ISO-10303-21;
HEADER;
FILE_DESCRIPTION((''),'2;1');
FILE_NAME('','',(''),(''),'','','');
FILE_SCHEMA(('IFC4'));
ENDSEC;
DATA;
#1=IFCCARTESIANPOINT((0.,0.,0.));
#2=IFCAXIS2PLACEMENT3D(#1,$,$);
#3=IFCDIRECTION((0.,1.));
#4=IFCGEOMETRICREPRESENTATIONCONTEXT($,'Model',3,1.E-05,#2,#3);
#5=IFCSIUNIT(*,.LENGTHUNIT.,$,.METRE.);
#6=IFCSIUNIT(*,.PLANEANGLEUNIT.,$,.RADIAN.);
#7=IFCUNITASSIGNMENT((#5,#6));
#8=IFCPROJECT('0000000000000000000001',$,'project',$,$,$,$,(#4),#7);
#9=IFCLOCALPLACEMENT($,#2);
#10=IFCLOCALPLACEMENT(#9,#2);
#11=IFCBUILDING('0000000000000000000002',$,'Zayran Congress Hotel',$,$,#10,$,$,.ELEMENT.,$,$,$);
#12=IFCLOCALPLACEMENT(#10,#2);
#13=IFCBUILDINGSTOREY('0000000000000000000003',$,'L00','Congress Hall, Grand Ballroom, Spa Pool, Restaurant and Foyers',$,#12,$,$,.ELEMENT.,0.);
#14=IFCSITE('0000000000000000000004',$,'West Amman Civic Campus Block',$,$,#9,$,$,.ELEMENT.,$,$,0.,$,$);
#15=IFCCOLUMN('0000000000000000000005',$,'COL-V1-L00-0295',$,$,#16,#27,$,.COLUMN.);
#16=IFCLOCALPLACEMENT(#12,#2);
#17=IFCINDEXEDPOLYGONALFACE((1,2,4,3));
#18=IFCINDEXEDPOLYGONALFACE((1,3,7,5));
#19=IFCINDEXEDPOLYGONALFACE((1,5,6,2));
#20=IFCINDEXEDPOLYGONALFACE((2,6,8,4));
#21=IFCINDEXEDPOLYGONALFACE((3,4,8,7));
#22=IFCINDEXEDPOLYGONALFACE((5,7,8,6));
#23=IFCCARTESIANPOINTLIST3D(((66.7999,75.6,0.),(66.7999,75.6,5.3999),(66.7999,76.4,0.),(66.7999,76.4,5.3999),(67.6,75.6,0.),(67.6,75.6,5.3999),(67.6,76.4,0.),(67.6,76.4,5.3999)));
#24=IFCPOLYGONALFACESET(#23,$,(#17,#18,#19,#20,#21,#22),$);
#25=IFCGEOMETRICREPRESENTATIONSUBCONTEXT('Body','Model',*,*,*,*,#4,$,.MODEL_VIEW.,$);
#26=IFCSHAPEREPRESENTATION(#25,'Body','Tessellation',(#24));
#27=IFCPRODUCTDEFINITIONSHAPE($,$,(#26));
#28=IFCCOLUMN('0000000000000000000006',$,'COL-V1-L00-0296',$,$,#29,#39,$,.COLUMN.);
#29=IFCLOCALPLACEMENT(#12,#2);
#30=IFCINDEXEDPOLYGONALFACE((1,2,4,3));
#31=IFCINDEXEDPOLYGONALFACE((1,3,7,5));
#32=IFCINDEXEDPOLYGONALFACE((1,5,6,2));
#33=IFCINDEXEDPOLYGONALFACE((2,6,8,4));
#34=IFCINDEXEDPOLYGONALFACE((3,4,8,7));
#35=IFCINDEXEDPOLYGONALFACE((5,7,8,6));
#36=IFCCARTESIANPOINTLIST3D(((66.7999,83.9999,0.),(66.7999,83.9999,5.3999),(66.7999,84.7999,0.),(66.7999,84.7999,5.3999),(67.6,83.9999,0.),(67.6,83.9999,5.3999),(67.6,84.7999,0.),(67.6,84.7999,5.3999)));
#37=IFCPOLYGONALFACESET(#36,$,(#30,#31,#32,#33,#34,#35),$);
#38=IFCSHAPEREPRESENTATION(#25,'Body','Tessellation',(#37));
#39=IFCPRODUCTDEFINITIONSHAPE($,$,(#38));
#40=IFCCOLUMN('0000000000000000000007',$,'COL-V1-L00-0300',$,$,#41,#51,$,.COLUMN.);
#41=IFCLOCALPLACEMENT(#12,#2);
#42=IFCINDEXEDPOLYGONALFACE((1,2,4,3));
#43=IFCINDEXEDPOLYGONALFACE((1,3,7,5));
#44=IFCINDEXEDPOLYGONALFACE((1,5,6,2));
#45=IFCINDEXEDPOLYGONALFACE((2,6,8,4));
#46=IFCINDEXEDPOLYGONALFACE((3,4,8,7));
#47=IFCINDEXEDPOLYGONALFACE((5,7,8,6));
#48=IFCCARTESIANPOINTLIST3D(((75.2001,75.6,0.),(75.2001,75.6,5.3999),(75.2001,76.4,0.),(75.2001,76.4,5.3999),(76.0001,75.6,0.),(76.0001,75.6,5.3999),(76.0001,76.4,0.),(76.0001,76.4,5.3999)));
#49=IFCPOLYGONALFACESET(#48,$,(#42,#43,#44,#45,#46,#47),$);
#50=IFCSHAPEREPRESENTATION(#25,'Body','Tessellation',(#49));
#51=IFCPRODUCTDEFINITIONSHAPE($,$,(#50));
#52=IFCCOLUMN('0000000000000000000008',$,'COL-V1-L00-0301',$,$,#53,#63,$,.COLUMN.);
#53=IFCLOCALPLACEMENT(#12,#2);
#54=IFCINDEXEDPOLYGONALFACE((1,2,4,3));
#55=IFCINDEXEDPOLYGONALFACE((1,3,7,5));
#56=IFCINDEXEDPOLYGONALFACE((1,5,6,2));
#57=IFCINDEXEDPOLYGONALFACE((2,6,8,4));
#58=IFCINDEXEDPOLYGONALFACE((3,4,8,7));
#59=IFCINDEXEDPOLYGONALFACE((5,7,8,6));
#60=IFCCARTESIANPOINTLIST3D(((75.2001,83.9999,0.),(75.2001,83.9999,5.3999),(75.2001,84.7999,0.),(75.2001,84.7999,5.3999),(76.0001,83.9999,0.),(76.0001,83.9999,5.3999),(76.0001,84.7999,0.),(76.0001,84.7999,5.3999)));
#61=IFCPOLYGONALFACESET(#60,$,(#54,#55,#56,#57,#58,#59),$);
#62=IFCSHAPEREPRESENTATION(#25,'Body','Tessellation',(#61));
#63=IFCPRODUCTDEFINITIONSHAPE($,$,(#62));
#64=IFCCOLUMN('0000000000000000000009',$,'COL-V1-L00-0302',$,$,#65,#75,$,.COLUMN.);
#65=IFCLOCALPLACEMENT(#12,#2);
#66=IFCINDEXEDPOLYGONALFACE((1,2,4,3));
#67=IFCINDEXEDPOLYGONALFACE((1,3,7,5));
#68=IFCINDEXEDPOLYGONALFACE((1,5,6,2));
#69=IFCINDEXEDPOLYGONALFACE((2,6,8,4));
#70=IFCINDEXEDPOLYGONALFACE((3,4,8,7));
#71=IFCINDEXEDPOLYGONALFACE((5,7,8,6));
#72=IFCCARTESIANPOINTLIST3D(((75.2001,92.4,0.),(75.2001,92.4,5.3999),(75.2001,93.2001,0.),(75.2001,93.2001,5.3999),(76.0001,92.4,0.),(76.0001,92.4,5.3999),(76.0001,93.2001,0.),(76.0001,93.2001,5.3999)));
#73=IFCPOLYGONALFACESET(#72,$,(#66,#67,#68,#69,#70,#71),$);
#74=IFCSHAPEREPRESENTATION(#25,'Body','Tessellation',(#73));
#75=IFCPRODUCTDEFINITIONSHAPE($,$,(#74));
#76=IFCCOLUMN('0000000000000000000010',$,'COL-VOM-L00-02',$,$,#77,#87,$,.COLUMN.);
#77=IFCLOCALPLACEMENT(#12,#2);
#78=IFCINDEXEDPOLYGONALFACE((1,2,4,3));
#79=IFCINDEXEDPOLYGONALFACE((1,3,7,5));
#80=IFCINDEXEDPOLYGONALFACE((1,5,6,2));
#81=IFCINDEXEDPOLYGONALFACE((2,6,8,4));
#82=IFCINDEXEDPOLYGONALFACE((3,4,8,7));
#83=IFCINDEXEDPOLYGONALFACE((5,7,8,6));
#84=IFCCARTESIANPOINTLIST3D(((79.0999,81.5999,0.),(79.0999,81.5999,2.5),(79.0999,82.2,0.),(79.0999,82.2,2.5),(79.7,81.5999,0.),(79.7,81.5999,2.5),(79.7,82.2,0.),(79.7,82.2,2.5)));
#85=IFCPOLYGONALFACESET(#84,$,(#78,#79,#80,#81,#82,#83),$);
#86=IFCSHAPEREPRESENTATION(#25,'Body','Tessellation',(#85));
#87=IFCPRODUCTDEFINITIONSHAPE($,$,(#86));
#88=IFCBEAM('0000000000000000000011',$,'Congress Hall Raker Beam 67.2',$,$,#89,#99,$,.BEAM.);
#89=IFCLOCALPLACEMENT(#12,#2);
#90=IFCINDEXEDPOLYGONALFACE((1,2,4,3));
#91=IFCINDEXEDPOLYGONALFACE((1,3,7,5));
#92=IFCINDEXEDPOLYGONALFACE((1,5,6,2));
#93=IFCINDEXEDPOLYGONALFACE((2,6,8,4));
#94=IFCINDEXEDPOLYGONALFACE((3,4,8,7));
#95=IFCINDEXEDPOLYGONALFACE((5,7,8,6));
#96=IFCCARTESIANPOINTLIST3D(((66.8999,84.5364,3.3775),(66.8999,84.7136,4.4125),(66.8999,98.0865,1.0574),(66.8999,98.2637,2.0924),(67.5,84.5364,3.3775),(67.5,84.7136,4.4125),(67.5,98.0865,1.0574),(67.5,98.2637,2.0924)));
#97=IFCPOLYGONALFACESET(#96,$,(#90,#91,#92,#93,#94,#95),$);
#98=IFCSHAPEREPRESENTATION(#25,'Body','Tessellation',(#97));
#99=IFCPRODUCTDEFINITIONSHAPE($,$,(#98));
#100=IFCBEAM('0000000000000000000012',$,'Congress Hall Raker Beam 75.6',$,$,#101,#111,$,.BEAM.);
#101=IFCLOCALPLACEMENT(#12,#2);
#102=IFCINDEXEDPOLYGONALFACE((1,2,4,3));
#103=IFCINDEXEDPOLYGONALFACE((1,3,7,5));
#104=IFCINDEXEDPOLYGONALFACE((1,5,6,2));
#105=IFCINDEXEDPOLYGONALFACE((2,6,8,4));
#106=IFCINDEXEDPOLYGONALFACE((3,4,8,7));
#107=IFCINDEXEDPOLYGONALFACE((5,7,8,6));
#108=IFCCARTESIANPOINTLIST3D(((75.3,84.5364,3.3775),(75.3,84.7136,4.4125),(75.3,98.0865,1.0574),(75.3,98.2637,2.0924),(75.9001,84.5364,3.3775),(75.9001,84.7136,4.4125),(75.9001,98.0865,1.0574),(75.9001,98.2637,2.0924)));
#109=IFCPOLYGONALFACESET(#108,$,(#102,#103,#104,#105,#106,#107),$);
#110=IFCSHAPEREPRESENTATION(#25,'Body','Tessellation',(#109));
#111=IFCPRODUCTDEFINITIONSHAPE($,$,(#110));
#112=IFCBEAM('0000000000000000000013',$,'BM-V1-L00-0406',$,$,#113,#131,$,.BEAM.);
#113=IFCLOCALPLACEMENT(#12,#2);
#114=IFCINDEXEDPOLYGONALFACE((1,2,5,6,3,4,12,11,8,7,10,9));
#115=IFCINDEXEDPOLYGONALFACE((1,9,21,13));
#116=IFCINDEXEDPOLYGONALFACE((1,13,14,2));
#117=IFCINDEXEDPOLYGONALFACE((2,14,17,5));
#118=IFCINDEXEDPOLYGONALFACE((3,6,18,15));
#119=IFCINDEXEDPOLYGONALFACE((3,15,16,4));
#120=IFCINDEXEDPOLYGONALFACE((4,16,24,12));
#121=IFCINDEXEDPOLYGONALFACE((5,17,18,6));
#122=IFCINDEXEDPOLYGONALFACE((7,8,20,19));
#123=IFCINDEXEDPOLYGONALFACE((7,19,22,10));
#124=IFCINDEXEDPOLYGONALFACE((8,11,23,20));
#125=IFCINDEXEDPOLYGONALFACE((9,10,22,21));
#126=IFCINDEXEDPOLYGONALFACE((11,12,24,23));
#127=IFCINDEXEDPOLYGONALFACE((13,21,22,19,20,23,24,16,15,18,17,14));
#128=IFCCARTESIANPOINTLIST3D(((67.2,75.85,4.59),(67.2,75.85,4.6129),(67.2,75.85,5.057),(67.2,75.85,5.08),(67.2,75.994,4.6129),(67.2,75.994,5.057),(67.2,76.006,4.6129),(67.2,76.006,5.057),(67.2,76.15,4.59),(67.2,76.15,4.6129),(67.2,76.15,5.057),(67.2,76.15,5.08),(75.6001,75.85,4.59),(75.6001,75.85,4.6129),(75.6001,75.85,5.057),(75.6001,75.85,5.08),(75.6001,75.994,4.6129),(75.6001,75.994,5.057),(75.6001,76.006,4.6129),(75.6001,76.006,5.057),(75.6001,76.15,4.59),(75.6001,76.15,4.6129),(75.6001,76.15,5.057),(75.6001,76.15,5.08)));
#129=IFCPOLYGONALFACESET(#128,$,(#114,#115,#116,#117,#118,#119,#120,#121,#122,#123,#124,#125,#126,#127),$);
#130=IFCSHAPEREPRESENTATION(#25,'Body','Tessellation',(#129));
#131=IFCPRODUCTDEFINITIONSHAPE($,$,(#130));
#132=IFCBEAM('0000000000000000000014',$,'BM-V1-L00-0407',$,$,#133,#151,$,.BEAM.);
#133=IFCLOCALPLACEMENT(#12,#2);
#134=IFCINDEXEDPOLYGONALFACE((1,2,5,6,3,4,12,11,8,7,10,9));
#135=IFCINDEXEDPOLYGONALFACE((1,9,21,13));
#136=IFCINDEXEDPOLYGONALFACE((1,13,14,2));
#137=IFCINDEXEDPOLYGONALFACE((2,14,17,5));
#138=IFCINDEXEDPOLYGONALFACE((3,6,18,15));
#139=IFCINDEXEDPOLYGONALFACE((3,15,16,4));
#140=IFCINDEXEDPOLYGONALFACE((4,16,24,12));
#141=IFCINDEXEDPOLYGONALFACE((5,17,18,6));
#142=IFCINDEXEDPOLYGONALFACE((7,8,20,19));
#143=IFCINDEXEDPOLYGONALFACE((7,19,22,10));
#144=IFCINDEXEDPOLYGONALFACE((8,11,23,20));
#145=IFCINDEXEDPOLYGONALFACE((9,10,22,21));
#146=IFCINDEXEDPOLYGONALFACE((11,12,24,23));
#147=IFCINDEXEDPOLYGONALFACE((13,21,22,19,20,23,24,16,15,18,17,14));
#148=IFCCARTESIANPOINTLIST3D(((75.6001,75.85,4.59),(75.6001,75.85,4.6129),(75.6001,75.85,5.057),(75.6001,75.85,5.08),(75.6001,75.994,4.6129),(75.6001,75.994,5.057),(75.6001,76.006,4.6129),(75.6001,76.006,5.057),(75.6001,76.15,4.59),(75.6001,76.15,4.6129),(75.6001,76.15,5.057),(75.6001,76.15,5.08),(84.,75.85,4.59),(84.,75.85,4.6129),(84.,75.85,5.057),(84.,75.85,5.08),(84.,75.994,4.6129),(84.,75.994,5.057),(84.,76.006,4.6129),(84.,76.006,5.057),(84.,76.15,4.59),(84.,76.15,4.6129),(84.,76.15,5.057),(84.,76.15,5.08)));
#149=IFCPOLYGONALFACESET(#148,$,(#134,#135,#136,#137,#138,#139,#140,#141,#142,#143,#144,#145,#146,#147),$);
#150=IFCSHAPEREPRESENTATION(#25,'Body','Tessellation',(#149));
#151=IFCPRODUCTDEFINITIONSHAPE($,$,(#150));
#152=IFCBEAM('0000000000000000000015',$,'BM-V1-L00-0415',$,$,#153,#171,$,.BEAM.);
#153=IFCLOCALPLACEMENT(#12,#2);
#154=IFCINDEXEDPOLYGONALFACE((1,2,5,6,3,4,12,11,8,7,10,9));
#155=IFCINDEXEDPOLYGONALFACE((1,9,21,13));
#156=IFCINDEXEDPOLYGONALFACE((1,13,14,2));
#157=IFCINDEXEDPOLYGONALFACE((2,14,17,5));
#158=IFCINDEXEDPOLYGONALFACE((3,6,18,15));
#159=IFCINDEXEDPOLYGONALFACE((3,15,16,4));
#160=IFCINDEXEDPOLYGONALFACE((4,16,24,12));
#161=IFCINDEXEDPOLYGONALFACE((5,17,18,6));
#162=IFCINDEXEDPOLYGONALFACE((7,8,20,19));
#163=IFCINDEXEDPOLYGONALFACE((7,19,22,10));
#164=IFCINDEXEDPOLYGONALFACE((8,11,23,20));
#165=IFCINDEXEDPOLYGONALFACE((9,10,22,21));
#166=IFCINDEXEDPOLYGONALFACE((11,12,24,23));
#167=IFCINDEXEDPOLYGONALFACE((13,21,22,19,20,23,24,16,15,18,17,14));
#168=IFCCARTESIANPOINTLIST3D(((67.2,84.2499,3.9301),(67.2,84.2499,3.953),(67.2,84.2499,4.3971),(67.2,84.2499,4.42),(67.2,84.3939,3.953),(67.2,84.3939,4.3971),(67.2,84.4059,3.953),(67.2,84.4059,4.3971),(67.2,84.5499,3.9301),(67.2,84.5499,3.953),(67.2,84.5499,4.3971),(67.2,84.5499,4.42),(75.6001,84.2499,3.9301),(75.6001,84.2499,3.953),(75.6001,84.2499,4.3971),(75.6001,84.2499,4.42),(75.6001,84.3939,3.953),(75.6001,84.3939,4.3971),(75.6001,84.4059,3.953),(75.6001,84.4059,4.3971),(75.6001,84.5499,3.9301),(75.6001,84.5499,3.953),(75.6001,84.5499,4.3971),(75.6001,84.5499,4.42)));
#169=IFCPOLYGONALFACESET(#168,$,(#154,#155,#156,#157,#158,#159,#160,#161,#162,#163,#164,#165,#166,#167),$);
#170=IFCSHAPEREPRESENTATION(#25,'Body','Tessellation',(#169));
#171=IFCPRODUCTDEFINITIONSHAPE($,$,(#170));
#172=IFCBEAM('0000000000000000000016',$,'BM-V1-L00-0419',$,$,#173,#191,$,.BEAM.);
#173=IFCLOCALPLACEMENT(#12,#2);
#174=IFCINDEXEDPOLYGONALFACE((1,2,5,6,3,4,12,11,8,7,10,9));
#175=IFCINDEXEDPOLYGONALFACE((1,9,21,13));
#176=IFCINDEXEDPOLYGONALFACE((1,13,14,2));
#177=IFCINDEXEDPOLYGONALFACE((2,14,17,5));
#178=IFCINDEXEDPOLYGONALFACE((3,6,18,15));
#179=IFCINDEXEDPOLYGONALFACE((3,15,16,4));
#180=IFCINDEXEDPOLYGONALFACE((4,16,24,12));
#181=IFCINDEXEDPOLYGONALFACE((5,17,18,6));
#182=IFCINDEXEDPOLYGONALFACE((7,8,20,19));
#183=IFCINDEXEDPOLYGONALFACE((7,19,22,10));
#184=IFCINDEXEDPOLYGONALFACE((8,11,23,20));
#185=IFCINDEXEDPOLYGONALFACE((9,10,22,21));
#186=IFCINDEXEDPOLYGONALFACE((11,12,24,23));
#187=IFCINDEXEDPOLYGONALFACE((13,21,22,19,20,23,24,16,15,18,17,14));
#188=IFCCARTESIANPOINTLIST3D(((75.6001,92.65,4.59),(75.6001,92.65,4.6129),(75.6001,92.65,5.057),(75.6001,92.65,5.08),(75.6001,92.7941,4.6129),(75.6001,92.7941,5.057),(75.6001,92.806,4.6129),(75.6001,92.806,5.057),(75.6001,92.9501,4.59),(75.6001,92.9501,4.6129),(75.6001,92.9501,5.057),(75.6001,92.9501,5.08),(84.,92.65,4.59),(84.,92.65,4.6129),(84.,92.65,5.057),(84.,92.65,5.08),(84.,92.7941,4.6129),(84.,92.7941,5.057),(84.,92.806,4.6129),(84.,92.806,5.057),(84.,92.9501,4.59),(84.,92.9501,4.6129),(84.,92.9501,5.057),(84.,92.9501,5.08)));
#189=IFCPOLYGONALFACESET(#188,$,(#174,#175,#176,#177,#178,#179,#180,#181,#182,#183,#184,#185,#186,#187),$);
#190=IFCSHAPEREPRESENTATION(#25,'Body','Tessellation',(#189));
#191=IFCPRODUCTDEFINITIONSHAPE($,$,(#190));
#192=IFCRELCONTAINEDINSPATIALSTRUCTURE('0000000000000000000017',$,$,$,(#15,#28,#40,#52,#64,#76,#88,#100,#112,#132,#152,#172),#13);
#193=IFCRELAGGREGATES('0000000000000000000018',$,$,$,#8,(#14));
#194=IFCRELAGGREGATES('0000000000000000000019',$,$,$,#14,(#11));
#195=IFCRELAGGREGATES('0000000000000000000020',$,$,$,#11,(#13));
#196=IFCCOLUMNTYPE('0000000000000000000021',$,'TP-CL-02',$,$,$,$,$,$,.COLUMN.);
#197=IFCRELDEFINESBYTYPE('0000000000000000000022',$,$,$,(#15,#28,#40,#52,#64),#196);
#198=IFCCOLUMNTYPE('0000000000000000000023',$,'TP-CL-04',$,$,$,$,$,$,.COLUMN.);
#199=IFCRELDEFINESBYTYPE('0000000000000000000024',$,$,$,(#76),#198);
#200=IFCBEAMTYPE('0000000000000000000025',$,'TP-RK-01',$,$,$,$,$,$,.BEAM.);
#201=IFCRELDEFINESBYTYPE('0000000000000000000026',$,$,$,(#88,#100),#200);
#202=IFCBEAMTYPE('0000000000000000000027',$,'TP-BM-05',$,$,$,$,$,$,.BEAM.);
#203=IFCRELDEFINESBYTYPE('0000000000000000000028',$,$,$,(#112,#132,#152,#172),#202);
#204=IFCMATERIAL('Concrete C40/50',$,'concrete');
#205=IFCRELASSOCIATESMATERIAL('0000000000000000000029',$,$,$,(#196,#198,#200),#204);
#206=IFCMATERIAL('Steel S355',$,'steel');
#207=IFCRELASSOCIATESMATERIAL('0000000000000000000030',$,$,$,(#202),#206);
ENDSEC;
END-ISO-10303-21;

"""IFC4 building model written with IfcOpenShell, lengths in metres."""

from ifc_helpers import new_model, si_unit, direction, frame, origin, origin_2d, place, context, subcontext, project, spatial, rectangle, i_section, extrude, material, material_profile, profile_set, type_object, element, save


model = new_model("IFC4")

# Units and contexts
model_context = context("Model", 3, precision=1e-05, world=origin(), true_north=direction((0.0, 1.0)))
body_context = subcontext(model_context, "Body", "Model", "MODEL_VIEW")
ifc_project = project(units=[si_unit("LENGTHUNIT", "METRE"), si_unit("PLANEANGLEUNIT", "RADIAN")], contexts=[model_context])

# Site, building, storey
site_placement = place(None, origin())
site = spatial("IfcSite", under=ifc_project, at=site_placement, Name="West Amman Civic Campus Block", CompositionType="ELEMENT", RefElevation=0.0)
building_placement = place(site_placement, origin())
building = spatial("IfcBuilding", under=site, at=building_placement, Name="Zayran Congress Hotel", CompositionType="ELEMENT")
storey_placement = place(building_placement, origin())
storey = spatial("IfcBuildingStorey", under=building, at=storey_placement, Name="L00", Description="Congress Hall, Grand Ballroom, Spa Pool, Restaurant and Foyers", CompositionType="ELEMENT", Elevation=0.0)

# Columns
ifc_material_1 = material(Name="Concrete C40/50", Category="concrete")
ifc_material_profile_1 = material_profile(ifc_material_1, rectangle(XDim=0.8, YDim=0.8, at=origin_2d()), Name="RC 800x800")
ifc_profile_set_1 = profile_set([ifc_material_profile_1], Name="Concrete C40/50")
column_type_1 = type_object("IfcColumnType", Name="TP-CL-02", PredefinedType="COLUMN", material=ifc_profile_set_1)
for number, where, z_axis, x_axis, name in (
    (1, (67.2, 76.0, 0.0), (0.0, 0.0, 1.0), (1.0, 0.0, 0.0), "COL-V1-L00-0295"),
    (2, (67.2, 84.3999, 0.0), (0.0, 0.0, 1.0), (1.0, 0.0, 0.0), "COL-V1-L00-0296"),
    (3, (75.6001, 76.0, 0.0), (0.0, 0.0, 1.0), (1.0, 0.0, 0.0), "COL-V1-L00-0300"),
    (4, (75.6001, 84.3999, 0.0), (0.0, 0.0, 1.0), (1.0, 0.0, 0.0), "COL-V1-L00-0301"),
    (5, (75.6001, 92.8, 0.0), (0.0, 0.0, 1.0), (1.0, 0.0, 0.0), "COL-V1-L00-0302"),
):
    element("IfcColumn", number, at=place(storey_placement, frame(where, z_axis=z_axis, x_axis=x_axis)), inside=storey, type_object=column_type_1, Name=name, PredefinedType="COLUMN", context=body_context, shape_type="SweptSolid", body=[
        extrude(rectangle(XDim=0.8, YDim=0.8, at=origin_2d()), origin(), (0.0, 0.0, 1.0), 5.3999),
    ])
ifc_material_profile_2 = material_profile(ifc_material_1, rectangle(XDim=0.6001, YDim=0.6001, at=origin_2d()), Name="RC 600x600")
ifc_profile_set_2 = profile_set([ifc_material_profile_2], Name="Concrete C40/50")
column_type_2 = type_object("IfcColumnType", Name="TP-CL-04", PredefinedType="COLUMN", material=ifc_profile_set_2)
column_placement = place(storey_placement, frame((79.3999, 81.8999, 0.0), z_axis=(0.0, 0.0, 1.0), x_axis=(1.0, 0.0, 0.0)))
element("IfcColumn", 6, at=column_placement, inside=storey, type_object=column_type_2, Name="COL-VOM-L00-02", PredefinedType="COLUMN", context=body_context, shape_type="SweptSolid", body=[
    extrude(rectangle(XDim=0.6001, YDim=0.6001, at=origin_2d()), origin(), (0.0, 0.0, 1.0), 2.5),
])

# Beams
ifc_material_profile_3 = material_profile(ifc_material_1, rectangle(XDim=0.6001, YDim=1.05, at=origin_2d()), Name="RC 600x1050")
ifc_profile_set_3 = profile_set([ifc_material_profile_3], Name="Concrete C40/50")
beam_type_1 = type_object("IfcBeamType", Name="TP-RK-01", PredefinedType="BEAM", material=ifc_profile_set_3)
for number, where, z_axis, x_axis, name in (
    (7, (67.2, 84.625, 3.895), (0.0, 0.985656, -0.168766), (-1.0, 0.0, 0.0), "Congress Hall Raker Beam 67.2"),
    (8, (75.6001, 84.625, 3.895), (0.0, 0.985656, -0.168766), (-1.0, 0.0, 0.0), "Congress Hall Raker Beam 75.6"),
):
    element("IfcBeam", number, at=place(storey_placement, frame(where, z_axis=z_axis, x_axis=x_axis)), inside=storey, type_object=beam_type_1, Name=name, PredefinedType="BEAM", context=body_context, shape_type="SweptSolid", body=[
        extrude(rectangle(XDim=0.6001, YDim=1.05, at=origin_2d()), origin(), (0.0, 0.0, 1.0), 13.7473),
    ])
ifc_material_2 = material(Name="Steel S355", Category="steel")
ifc_material_profile_4 = material_profile(ifc_material_2, i_section(OverallWidth=0.3, OverallDepth=0.49, WebThickness=0.012, FlangeThickness=0.0229, at=origin_2d()), Name="HEA 500")
ifc_profile_set_4 = profile_set([ifc_material_profile_4], Name="Steel S355")
beam_type_2 = type_object("IfcBeamType", Name="TP-BM-05", PredefinedType="BEAM", material=ifc_profile_set_4)
beam_1_placement = place(storey_placement, frame((67.2, 76.0, 4.835), z_axis=(1.0, 0.0, 0.0), x_axis=(0.0, 1.0, 0.0)))
element("IfcBeam", 9, at=beam_1_placement, inside=storey, type_object=beam_type_2, Name="BM-V1-L00-0406", PredefinedType="BEAM", context=body_context, shape_type="SweptSolid", body=[
    extrude(i_section(OverallWidth=0.3, OverallDepth=0.49, WebThickness=0.012, FlangeThickness=0.0229, at=origin_2d()), origin(), (0.0, 0.0, 1.0), 8.4001),
])
beam_2_placement = place(storey_placement, frame((75.6001, 76.0, 4.835), z_axis=(1.0, 0.0, 0.0), x_axis=(0.0, 1.0, 0.0)))
element("IfcBeam", 10, at=beam_2_placement, inside=storey, type_object=beam_type_2, Name="BM-V1-L00-0407", PredefinedType="BEAM", context=body_context, shape_type="SweptSolid", body=[
    extrude(i_section(OverallWidth=0.3, OverallDepth=0.49, WebThickness=0.012, FlangeThickness=0.0229, at=origin_2d()), origin(), (0.0, 0.0, 1.0), 8.3999),
])
beam_3_placement = place(storey_placement, frame((67.2, 84.3999, 4.175), z_axis=(1.0, 0.0, 0.0), x_axis=(0.0, 1.0, 0.0)))
element("IfcBeam", 11, at=beam_3_placement, inside=storey, type_object=beam_type_2, Name="BM-V1-L00-0415", PredefinedType="BEAM", context=body_context, shape_type="SweptSolid", body=[
    extrude(i_section(OverallWidth=0.3, OverallDepth=0.49, WebThickness=0.012, FlangeThickness=0.0229, at=origin_2d()), origin(), (0.0, 0.0, 1.0), 8.4001),
])
beam_4_placement = place(storey_placement, frame((75.6001, 92.8, 4.835), z_axis=(1.0, 0.0, 0.0), x_axis=(0.0, 1.0, 0.0)))
element("IfcBeam", 12, at=beam_4_placement, inside=storey, type_object=beam_type_2, Name="BM-V1-L00-0419", PredefinedType="BEAM", context=body_context, shape_type="SweptSolid", body=[
    extrude(i_section(OverallWidth=0.3, OverallDepth=0.49, WebThickness=0.012, FlangeThickness=0.0229, at=origin_2d()), origin(), (0.0, 0.0, 1.0), 8.3999),
])

save(model, "model.ifc")
